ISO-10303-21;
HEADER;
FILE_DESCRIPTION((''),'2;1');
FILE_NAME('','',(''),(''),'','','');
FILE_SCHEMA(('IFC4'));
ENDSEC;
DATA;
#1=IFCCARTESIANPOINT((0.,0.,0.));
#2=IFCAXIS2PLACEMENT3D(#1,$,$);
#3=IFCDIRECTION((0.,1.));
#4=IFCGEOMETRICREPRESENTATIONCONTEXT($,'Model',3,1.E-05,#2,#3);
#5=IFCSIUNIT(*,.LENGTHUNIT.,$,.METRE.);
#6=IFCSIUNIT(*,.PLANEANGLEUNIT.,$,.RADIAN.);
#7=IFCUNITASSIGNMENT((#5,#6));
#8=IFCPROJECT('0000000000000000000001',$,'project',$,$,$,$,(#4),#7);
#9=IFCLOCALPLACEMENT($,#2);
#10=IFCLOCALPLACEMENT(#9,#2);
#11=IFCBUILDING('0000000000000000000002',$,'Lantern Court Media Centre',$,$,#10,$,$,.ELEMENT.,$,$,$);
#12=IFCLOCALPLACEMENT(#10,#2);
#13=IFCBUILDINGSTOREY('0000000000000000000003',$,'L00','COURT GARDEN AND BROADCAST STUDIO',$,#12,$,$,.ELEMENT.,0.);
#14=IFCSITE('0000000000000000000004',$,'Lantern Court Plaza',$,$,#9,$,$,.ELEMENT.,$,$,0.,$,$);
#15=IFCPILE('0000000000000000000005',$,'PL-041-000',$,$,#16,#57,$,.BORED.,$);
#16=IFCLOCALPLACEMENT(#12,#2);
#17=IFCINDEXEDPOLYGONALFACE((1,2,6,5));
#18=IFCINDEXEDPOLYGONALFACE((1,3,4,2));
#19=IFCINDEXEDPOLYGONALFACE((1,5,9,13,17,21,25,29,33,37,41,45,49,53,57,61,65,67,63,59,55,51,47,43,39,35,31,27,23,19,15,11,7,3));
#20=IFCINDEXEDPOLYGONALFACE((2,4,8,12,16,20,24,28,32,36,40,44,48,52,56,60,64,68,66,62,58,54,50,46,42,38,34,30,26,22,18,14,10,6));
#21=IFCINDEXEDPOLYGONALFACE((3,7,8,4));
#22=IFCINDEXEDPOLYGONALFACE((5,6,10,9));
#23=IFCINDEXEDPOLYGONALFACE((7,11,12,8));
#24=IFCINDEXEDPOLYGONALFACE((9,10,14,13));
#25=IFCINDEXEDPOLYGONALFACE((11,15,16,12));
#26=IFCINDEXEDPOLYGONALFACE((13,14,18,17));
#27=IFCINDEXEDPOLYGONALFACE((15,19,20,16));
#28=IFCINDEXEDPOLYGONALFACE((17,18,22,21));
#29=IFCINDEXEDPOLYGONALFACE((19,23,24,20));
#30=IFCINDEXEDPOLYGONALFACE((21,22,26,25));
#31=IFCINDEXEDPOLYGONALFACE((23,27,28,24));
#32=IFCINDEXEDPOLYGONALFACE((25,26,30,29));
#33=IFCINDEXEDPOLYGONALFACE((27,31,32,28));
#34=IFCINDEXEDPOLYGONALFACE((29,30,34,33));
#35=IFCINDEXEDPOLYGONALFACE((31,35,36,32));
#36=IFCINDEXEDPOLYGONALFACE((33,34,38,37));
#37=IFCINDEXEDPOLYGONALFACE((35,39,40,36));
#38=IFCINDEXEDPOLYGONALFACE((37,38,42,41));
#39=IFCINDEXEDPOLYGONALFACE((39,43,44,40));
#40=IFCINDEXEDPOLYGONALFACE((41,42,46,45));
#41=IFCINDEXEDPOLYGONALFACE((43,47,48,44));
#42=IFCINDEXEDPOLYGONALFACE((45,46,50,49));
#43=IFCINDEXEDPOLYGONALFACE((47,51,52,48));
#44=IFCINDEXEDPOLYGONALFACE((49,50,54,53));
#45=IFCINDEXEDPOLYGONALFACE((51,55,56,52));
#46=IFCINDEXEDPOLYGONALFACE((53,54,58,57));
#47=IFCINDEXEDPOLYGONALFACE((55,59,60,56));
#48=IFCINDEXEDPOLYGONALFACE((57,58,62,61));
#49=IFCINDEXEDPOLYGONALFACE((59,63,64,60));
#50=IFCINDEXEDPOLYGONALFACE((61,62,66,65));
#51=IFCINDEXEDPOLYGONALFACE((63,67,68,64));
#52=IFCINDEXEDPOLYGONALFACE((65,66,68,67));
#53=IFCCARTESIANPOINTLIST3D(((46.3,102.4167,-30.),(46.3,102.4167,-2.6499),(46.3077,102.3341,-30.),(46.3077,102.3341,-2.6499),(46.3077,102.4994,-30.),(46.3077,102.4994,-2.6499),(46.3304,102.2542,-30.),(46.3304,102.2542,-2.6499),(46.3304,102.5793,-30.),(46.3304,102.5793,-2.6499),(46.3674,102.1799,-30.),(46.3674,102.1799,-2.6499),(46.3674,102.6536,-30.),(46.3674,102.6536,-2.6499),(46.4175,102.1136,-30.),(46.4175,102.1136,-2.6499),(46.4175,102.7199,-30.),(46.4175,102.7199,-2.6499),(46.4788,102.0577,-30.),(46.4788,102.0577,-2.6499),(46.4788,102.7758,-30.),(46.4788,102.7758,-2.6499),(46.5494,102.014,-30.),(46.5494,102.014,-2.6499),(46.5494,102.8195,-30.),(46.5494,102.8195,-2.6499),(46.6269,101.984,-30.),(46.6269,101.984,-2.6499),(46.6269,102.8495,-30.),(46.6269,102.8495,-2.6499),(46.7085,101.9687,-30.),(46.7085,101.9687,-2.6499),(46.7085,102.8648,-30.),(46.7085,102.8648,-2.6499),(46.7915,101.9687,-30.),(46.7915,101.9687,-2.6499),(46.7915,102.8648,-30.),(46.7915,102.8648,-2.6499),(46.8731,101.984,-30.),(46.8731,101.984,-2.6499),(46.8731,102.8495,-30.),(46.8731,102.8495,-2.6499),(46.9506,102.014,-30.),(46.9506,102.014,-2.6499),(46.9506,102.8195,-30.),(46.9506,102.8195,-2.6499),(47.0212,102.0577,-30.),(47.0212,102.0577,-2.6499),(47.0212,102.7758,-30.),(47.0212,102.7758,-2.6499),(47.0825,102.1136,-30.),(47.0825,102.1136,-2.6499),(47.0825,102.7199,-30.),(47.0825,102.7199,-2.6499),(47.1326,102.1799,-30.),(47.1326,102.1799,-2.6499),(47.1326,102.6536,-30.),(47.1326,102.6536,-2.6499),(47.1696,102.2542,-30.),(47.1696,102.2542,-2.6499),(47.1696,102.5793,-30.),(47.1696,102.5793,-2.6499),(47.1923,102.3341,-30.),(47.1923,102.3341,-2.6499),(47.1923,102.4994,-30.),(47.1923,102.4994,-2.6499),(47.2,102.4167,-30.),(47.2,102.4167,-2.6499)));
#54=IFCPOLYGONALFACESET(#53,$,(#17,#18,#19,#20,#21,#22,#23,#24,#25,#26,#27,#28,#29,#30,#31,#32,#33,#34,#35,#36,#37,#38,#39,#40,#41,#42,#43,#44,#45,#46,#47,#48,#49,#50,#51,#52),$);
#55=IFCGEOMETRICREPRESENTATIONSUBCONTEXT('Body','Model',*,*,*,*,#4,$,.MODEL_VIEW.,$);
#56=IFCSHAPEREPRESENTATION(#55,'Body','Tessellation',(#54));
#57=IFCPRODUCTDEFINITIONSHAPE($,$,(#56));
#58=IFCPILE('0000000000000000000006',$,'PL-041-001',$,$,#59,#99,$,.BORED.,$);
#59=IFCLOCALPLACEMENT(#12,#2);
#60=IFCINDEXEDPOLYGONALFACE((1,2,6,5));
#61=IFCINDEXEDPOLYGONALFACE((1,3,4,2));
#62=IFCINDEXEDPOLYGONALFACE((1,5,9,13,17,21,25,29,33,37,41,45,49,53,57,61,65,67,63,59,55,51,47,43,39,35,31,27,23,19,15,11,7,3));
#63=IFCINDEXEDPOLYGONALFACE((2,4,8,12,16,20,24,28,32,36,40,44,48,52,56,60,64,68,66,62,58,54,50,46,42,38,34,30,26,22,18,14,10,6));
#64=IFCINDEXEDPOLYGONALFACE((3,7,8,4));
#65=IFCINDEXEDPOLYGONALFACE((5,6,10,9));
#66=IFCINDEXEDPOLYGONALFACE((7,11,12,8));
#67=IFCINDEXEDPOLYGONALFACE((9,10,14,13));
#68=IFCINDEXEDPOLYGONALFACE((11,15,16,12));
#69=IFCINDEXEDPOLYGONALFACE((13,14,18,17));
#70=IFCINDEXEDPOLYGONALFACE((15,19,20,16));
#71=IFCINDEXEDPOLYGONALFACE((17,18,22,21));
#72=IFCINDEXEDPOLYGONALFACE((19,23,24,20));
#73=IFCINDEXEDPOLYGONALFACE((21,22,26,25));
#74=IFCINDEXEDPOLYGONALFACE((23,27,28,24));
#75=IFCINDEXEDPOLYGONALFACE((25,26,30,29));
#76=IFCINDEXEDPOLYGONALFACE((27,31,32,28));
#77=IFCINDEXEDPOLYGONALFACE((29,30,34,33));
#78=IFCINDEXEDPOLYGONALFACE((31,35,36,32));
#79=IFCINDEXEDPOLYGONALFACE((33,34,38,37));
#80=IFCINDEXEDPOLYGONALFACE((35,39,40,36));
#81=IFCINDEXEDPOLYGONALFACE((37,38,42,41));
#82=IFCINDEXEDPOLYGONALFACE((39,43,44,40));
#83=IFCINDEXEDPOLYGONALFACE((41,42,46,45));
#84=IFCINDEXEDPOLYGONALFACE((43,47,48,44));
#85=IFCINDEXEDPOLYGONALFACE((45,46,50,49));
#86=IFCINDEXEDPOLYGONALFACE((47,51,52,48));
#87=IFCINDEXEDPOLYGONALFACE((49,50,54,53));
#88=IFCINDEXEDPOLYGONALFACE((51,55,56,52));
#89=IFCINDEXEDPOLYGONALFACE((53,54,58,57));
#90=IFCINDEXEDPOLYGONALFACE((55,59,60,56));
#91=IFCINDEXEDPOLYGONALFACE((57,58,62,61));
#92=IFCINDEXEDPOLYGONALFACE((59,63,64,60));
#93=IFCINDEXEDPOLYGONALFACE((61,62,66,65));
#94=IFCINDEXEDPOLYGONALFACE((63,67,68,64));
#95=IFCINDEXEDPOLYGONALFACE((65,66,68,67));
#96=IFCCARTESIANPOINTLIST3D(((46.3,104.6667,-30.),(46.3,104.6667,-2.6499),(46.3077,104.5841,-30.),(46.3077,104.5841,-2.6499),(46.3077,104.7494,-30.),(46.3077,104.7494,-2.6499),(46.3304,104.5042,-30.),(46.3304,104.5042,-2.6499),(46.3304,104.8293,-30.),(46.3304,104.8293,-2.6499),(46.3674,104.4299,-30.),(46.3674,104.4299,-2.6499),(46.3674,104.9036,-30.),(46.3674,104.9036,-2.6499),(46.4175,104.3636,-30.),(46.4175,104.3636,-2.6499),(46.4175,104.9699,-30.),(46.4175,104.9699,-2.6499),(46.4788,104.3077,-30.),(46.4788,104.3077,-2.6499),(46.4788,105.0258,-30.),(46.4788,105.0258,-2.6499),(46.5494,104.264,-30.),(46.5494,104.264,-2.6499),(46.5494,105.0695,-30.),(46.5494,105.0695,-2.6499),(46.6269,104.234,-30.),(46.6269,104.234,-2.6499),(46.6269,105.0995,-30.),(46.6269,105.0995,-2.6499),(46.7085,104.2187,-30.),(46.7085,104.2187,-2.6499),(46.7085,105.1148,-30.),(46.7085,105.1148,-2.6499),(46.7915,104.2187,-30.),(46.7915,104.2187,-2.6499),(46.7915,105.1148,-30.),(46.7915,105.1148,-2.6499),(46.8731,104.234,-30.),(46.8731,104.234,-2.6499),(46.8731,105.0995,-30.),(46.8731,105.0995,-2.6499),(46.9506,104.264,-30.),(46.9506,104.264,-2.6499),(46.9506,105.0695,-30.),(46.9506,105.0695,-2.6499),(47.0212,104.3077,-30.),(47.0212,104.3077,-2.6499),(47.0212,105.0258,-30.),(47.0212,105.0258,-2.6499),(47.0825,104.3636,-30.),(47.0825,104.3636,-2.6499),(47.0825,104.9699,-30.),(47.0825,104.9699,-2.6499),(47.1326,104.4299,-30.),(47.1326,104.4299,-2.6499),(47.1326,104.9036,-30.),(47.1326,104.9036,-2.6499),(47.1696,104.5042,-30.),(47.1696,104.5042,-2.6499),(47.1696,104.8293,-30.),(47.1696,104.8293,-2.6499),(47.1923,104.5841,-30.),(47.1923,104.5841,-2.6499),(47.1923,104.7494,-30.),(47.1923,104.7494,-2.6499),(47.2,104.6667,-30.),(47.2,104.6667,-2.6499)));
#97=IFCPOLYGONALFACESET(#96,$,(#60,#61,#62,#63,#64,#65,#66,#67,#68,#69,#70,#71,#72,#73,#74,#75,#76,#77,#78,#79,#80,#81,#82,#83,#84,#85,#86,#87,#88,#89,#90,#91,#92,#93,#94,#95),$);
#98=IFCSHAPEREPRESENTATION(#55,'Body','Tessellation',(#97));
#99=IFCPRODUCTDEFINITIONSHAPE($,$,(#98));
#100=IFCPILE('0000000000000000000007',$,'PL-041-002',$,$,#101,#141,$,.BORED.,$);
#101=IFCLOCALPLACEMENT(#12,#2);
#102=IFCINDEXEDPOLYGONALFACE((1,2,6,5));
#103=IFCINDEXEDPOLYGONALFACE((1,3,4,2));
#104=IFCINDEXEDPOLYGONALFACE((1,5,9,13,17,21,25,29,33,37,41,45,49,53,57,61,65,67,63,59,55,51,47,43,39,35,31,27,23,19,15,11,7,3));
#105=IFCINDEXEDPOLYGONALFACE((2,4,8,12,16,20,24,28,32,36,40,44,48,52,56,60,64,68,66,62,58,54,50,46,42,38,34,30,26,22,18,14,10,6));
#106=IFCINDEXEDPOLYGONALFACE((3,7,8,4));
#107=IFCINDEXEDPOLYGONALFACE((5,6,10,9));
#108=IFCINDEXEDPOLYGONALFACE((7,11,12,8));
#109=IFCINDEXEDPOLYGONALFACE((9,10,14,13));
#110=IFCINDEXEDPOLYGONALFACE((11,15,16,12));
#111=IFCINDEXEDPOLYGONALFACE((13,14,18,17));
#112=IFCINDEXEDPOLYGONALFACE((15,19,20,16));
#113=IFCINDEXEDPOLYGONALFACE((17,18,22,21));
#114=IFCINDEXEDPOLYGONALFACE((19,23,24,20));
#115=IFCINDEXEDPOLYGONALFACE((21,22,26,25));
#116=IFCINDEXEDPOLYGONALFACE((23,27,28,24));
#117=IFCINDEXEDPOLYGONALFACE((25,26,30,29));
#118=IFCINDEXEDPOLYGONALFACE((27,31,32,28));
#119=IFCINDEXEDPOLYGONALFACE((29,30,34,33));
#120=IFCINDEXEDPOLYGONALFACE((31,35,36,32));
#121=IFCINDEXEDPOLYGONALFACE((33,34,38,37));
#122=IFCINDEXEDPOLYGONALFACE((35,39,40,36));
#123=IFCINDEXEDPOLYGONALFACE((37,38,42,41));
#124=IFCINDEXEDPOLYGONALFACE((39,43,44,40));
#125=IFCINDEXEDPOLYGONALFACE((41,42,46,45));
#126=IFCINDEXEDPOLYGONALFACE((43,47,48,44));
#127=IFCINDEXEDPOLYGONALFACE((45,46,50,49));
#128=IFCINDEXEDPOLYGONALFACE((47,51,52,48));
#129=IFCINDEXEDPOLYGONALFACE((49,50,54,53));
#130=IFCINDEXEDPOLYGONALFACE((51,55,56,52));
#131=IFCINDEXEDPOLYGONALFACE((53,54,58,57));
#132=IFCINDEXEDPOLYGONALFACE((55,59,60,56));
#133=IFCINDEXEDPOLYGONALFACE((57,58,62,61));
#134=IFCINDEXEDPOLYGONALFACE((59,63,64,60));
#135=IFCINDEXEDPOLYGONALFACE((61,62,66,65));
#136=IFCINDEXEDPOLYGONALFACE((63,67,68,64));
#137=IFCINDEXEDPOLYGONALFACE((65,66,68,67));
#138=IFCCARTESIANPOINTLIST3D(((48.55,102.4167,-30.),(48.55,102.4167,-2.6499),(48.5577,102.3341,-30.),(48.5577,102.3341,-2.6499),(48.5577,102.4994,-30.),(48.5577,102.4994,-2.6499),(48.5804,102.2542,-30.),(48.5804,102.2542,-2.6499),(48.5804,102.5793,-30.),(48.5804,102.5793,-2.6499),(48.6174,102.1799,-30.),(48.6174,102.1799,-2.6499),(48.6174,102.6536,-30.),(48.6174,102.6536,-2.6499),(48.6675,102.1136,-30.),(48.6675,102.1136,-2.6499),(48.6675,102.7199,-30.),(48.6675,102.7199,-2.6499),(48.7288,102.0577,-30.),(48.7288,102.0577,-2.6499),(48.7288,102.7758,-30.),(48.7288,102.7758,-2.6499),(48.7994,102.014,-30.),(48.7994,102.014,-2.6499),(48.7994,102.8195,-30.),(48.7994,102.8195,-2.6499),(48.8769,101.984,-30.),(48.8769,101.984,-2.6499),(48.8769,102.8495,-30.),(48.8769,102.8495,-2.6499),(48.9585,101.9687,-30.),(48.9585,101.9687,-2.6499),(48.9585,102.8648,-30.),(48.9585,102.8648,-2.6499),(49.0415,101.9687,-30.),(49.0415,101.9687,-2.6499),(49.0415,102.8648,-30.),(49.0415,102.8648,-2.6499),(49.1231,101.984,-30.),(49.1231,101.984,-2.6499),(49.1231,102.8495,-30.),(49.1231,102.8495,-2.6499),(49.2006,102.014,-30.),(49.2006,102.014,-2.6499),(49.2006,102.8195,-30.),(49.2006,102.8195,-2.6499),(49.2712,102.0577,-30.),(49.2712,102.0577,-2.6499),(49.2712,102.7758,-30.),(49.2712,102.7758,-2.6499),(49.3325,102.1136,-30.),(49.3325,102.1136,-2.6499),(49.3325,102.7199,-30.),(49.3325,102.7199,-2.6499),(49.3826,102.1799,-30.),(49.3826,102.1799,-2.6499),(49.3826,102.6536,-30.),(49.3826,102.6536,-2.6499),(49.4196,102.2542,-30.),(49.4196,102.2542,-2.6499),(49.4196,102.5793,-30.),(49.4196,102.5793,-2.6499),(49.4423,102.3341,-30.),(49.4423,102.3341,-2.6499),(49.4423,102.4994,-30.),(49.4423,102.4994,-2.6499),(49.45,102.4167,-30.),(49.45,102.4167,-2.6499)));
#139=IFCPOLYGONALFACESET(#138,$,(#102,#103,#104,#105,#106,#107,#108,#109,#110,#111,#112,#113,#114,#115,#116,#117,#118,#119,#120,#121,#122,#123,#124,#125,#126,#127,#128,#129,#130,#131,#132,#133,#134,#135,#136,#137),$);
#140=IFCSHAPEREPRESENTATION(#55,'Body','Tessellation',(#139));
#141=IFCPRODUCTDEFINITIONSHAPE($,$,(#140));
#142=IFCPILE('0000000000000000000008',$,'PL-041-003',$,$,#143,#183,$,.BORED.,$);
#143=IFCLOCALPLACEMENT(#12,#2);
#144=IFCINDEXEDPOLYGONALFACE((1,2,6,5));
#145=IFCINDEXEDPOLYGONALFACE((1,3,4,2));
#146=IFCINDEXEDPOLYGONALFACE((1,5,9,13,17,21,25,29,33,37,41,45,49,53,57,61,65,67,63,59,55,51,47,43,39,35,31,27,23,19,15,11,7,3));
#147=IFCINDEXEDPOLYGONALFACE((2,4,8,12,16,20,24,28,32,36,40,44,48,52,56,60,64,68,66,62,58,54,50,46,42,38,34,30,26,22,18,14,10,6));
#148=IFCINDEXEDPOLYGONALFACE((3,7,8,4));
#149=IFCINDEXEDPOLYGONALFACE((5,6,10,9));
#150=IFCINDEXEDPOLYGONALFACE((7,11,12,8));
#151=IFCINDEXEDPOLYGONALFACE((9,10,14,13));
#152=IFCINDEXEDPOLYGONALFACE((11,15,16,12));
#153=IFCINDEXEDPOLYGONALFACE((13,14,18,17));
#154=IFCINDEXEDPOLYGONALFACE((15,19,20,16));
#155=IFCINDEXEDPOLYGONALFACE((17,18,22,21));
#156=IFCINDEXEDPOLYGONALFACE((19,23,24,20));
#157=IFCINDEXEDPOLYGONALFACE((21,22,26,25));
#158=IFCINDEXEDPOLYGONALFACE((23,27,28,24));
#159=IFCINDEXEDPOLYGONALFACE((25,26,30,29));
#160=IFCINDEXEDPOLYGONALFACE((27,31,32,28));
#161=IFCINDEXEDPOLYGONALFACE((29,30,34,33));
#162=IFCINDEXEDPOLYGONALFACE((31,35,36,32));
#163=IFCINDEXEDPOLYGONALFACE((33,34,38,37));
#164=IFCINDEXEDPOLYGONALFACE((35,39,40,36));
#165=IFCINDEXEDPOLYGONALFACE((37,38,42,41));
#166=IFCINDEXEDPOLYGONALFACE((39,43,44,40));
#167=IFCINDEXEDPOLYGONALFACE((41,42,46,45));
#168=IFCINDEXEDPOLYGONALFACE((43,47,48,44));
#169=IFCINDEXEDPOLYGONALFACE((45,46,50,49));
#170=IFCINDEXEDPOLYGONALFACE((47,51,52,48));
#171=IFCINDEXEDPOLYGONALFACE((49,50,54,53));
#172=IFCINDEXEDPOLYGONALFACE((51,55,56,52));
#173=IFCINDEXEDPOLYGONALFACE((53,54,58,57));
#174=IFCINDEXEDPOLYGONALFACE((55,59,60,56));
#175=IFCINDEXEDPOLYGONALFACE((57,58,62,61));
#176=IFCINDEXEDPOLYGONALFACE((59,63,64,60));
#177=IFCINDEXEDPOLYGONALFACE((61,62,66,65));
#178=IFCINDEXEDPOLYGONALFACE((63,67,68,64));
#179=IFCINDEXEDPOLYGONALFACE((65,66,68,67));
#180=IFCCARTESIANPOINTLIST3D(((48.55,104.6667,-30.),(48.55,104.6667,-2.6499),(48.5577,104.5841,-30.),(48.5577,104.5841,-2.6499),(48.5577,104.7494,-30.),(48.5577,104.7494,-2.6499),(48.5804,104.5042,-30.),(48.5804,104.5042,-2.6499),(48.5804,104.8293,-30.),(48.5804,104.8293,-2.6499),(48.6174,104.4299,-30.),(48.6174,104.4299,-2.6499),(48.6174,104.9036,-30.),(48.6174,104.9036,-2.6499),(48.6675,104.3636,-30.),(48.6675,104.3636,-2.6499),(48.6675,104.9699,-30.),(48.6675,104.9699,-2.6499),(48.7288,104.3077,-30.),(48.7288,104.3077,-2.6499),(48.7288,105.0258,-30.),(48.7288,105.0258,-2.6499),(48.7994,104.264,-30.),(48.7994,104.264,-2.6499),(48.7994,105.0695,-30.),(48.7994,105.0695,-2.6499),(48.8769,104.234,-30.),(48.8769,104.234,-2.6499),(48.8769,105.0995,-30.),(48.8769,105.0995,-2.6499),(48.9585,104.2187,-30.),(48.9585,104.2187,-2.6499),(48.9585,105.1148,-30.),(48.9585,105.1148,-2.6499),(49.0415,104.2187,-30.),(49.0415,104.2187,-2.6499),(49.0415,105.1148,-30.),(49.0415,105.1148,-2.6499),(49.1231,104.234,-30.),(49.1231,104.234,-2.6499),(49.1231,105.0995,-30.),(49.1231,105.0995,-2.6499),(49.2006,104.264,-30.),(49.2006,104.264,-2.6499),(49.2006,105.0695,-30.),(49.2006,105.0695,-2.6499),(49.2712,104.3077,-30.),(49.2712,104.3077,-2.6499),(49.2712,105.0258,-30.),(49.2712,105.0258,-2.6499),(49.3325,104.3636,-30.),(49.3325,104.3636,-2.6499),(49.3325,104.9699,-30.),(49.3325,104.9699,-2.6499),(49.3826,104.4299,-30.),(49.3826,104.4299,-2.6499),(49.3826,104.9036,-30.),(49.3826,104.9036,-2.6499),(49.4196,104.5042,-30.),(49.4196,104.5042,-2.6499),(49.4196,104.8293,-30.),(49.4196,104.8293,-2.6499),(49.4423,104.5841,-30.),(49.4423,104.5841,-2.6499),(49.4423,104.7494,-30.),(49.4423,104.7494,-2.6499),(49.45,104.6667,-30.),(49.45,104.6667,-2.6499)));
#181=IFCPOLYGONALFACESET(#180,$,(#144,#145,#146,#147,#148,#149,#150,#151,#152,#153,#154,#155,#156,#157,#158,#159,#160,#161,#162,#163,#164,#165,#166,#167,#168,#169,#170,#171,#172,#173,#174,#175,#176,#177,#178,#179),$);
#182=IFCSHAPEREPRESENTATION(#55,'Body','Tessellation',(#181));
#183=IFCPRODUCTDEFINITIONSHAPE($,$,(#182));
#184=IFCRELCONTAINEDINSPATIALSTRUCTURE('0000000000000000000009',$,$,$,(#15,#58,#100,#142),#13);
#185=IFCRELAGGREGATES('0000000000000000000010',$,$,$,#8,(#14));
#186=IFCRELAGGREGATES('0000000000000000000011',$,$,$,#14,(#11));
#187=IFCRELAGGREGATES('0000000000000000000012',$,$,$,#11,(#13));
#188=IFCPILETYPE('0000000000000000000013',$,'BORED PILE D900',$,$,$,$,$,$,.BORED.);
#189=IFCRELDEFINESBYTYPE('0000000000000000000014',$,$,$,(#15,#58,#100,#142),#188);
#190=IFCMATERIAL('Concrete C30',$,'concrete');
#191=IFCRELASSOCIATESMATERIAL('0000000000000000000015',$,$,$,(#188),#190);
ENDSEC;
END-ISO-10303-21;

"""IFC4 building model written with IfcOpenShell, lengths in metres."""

from ifc_helpers import new_model, si_unit, direction, frame, origin, origin_2d, place, context, subcontext, project, spatial, circle, extrude, material, material_profile, profile_set, type_object, element, save


model = new_model("IFC4")

# Units and contexts
model_context = context("Model", 3, precision=1e-05, world=origin(), true_north=direction((0.0, 1.0)))
body_context = subcontext(model_context, "Body", "Model", "MODEL_VIEW")
ifc_project = project(units=[si_unit("LENGTHUNIT", "METRE"), si_unit("PLANEANGLEUNIT", "RADIAN")], contexts=[model_context])

# Site, building, storey
site_placement = place(None, origin())
site = spatial("IfcSite", under=ifc_project, at=site_placement, Name="Lantern Court Plaza", CompositionType="ELEMENT", RefElevation=0.0)
building_placement = place(site_placement, origin())
building = spatial("IfcBuilding", under=site, at=building_placement, Name="Lantern Court Media Centre", CompositionType="ELEMENT")
storey_placement = place(building_placement, origin())
storey = spatial("IfcBuildingStorey", under=building, at=storey_placement, Name="L00", Description="COURT GARDEN AND BROADCAST STUDIO", CompositionType="ELEMENT", Elevation=0.0)

# Piles
ifc_material_1 = material(Name="Concrete C30", Category="concrete")
ifc_material_profile_1 = material_profile(ifc_material_1, circle(Radius=0.45, at=origin_2d()), Name="D900")
ifc_profile_set_1 = profile_set([ifc_material_profile_1], Name="Concrete C30")
pile_type = type_object("IfcPileType", Name="BORED PILE D900", PredefinedType="BORED", material=ifc_profile_set_1)
for number, where, z_axis, x_axis, name in (
    (1, (46.75, 102.4167, -2.6499), (0.0, 0.0, -1.0), (1.0, 0.0, 0.0), "PL-041-000"),
    (2, (46.75, 104.6667, -2.6499), (0.0, 0.0, -1.0), (1.0, 0.0, 0.0), "PL-041-001"),
    (3, (49.0, 102.4167, -2.6499), (0.0, 0.0, -1.0), (1.0, 0.0, 0.0), "PL-041-002"),
    (4, (49.0, 104.6667, -2.6499), (0.0, 0.0, -1.0), (1.0, 0.0, 0.0), "PL-041-003"),
):
    element("IfcPile", number, at=place(storey_placement, frame(where, z_axis=z_axis, x_axis=x_axis)), inside=storey, type_object=pile_type, Name=name, PredefinedType="BORED", context=body_context, shape_type="SweptSolid", body=[
        extrude(circle(Radius=0.45, at=origin_2d()), origin(), (0.0, 0.0, 1.0), 27.3501),
    ])

save(model, "model.ifc")
